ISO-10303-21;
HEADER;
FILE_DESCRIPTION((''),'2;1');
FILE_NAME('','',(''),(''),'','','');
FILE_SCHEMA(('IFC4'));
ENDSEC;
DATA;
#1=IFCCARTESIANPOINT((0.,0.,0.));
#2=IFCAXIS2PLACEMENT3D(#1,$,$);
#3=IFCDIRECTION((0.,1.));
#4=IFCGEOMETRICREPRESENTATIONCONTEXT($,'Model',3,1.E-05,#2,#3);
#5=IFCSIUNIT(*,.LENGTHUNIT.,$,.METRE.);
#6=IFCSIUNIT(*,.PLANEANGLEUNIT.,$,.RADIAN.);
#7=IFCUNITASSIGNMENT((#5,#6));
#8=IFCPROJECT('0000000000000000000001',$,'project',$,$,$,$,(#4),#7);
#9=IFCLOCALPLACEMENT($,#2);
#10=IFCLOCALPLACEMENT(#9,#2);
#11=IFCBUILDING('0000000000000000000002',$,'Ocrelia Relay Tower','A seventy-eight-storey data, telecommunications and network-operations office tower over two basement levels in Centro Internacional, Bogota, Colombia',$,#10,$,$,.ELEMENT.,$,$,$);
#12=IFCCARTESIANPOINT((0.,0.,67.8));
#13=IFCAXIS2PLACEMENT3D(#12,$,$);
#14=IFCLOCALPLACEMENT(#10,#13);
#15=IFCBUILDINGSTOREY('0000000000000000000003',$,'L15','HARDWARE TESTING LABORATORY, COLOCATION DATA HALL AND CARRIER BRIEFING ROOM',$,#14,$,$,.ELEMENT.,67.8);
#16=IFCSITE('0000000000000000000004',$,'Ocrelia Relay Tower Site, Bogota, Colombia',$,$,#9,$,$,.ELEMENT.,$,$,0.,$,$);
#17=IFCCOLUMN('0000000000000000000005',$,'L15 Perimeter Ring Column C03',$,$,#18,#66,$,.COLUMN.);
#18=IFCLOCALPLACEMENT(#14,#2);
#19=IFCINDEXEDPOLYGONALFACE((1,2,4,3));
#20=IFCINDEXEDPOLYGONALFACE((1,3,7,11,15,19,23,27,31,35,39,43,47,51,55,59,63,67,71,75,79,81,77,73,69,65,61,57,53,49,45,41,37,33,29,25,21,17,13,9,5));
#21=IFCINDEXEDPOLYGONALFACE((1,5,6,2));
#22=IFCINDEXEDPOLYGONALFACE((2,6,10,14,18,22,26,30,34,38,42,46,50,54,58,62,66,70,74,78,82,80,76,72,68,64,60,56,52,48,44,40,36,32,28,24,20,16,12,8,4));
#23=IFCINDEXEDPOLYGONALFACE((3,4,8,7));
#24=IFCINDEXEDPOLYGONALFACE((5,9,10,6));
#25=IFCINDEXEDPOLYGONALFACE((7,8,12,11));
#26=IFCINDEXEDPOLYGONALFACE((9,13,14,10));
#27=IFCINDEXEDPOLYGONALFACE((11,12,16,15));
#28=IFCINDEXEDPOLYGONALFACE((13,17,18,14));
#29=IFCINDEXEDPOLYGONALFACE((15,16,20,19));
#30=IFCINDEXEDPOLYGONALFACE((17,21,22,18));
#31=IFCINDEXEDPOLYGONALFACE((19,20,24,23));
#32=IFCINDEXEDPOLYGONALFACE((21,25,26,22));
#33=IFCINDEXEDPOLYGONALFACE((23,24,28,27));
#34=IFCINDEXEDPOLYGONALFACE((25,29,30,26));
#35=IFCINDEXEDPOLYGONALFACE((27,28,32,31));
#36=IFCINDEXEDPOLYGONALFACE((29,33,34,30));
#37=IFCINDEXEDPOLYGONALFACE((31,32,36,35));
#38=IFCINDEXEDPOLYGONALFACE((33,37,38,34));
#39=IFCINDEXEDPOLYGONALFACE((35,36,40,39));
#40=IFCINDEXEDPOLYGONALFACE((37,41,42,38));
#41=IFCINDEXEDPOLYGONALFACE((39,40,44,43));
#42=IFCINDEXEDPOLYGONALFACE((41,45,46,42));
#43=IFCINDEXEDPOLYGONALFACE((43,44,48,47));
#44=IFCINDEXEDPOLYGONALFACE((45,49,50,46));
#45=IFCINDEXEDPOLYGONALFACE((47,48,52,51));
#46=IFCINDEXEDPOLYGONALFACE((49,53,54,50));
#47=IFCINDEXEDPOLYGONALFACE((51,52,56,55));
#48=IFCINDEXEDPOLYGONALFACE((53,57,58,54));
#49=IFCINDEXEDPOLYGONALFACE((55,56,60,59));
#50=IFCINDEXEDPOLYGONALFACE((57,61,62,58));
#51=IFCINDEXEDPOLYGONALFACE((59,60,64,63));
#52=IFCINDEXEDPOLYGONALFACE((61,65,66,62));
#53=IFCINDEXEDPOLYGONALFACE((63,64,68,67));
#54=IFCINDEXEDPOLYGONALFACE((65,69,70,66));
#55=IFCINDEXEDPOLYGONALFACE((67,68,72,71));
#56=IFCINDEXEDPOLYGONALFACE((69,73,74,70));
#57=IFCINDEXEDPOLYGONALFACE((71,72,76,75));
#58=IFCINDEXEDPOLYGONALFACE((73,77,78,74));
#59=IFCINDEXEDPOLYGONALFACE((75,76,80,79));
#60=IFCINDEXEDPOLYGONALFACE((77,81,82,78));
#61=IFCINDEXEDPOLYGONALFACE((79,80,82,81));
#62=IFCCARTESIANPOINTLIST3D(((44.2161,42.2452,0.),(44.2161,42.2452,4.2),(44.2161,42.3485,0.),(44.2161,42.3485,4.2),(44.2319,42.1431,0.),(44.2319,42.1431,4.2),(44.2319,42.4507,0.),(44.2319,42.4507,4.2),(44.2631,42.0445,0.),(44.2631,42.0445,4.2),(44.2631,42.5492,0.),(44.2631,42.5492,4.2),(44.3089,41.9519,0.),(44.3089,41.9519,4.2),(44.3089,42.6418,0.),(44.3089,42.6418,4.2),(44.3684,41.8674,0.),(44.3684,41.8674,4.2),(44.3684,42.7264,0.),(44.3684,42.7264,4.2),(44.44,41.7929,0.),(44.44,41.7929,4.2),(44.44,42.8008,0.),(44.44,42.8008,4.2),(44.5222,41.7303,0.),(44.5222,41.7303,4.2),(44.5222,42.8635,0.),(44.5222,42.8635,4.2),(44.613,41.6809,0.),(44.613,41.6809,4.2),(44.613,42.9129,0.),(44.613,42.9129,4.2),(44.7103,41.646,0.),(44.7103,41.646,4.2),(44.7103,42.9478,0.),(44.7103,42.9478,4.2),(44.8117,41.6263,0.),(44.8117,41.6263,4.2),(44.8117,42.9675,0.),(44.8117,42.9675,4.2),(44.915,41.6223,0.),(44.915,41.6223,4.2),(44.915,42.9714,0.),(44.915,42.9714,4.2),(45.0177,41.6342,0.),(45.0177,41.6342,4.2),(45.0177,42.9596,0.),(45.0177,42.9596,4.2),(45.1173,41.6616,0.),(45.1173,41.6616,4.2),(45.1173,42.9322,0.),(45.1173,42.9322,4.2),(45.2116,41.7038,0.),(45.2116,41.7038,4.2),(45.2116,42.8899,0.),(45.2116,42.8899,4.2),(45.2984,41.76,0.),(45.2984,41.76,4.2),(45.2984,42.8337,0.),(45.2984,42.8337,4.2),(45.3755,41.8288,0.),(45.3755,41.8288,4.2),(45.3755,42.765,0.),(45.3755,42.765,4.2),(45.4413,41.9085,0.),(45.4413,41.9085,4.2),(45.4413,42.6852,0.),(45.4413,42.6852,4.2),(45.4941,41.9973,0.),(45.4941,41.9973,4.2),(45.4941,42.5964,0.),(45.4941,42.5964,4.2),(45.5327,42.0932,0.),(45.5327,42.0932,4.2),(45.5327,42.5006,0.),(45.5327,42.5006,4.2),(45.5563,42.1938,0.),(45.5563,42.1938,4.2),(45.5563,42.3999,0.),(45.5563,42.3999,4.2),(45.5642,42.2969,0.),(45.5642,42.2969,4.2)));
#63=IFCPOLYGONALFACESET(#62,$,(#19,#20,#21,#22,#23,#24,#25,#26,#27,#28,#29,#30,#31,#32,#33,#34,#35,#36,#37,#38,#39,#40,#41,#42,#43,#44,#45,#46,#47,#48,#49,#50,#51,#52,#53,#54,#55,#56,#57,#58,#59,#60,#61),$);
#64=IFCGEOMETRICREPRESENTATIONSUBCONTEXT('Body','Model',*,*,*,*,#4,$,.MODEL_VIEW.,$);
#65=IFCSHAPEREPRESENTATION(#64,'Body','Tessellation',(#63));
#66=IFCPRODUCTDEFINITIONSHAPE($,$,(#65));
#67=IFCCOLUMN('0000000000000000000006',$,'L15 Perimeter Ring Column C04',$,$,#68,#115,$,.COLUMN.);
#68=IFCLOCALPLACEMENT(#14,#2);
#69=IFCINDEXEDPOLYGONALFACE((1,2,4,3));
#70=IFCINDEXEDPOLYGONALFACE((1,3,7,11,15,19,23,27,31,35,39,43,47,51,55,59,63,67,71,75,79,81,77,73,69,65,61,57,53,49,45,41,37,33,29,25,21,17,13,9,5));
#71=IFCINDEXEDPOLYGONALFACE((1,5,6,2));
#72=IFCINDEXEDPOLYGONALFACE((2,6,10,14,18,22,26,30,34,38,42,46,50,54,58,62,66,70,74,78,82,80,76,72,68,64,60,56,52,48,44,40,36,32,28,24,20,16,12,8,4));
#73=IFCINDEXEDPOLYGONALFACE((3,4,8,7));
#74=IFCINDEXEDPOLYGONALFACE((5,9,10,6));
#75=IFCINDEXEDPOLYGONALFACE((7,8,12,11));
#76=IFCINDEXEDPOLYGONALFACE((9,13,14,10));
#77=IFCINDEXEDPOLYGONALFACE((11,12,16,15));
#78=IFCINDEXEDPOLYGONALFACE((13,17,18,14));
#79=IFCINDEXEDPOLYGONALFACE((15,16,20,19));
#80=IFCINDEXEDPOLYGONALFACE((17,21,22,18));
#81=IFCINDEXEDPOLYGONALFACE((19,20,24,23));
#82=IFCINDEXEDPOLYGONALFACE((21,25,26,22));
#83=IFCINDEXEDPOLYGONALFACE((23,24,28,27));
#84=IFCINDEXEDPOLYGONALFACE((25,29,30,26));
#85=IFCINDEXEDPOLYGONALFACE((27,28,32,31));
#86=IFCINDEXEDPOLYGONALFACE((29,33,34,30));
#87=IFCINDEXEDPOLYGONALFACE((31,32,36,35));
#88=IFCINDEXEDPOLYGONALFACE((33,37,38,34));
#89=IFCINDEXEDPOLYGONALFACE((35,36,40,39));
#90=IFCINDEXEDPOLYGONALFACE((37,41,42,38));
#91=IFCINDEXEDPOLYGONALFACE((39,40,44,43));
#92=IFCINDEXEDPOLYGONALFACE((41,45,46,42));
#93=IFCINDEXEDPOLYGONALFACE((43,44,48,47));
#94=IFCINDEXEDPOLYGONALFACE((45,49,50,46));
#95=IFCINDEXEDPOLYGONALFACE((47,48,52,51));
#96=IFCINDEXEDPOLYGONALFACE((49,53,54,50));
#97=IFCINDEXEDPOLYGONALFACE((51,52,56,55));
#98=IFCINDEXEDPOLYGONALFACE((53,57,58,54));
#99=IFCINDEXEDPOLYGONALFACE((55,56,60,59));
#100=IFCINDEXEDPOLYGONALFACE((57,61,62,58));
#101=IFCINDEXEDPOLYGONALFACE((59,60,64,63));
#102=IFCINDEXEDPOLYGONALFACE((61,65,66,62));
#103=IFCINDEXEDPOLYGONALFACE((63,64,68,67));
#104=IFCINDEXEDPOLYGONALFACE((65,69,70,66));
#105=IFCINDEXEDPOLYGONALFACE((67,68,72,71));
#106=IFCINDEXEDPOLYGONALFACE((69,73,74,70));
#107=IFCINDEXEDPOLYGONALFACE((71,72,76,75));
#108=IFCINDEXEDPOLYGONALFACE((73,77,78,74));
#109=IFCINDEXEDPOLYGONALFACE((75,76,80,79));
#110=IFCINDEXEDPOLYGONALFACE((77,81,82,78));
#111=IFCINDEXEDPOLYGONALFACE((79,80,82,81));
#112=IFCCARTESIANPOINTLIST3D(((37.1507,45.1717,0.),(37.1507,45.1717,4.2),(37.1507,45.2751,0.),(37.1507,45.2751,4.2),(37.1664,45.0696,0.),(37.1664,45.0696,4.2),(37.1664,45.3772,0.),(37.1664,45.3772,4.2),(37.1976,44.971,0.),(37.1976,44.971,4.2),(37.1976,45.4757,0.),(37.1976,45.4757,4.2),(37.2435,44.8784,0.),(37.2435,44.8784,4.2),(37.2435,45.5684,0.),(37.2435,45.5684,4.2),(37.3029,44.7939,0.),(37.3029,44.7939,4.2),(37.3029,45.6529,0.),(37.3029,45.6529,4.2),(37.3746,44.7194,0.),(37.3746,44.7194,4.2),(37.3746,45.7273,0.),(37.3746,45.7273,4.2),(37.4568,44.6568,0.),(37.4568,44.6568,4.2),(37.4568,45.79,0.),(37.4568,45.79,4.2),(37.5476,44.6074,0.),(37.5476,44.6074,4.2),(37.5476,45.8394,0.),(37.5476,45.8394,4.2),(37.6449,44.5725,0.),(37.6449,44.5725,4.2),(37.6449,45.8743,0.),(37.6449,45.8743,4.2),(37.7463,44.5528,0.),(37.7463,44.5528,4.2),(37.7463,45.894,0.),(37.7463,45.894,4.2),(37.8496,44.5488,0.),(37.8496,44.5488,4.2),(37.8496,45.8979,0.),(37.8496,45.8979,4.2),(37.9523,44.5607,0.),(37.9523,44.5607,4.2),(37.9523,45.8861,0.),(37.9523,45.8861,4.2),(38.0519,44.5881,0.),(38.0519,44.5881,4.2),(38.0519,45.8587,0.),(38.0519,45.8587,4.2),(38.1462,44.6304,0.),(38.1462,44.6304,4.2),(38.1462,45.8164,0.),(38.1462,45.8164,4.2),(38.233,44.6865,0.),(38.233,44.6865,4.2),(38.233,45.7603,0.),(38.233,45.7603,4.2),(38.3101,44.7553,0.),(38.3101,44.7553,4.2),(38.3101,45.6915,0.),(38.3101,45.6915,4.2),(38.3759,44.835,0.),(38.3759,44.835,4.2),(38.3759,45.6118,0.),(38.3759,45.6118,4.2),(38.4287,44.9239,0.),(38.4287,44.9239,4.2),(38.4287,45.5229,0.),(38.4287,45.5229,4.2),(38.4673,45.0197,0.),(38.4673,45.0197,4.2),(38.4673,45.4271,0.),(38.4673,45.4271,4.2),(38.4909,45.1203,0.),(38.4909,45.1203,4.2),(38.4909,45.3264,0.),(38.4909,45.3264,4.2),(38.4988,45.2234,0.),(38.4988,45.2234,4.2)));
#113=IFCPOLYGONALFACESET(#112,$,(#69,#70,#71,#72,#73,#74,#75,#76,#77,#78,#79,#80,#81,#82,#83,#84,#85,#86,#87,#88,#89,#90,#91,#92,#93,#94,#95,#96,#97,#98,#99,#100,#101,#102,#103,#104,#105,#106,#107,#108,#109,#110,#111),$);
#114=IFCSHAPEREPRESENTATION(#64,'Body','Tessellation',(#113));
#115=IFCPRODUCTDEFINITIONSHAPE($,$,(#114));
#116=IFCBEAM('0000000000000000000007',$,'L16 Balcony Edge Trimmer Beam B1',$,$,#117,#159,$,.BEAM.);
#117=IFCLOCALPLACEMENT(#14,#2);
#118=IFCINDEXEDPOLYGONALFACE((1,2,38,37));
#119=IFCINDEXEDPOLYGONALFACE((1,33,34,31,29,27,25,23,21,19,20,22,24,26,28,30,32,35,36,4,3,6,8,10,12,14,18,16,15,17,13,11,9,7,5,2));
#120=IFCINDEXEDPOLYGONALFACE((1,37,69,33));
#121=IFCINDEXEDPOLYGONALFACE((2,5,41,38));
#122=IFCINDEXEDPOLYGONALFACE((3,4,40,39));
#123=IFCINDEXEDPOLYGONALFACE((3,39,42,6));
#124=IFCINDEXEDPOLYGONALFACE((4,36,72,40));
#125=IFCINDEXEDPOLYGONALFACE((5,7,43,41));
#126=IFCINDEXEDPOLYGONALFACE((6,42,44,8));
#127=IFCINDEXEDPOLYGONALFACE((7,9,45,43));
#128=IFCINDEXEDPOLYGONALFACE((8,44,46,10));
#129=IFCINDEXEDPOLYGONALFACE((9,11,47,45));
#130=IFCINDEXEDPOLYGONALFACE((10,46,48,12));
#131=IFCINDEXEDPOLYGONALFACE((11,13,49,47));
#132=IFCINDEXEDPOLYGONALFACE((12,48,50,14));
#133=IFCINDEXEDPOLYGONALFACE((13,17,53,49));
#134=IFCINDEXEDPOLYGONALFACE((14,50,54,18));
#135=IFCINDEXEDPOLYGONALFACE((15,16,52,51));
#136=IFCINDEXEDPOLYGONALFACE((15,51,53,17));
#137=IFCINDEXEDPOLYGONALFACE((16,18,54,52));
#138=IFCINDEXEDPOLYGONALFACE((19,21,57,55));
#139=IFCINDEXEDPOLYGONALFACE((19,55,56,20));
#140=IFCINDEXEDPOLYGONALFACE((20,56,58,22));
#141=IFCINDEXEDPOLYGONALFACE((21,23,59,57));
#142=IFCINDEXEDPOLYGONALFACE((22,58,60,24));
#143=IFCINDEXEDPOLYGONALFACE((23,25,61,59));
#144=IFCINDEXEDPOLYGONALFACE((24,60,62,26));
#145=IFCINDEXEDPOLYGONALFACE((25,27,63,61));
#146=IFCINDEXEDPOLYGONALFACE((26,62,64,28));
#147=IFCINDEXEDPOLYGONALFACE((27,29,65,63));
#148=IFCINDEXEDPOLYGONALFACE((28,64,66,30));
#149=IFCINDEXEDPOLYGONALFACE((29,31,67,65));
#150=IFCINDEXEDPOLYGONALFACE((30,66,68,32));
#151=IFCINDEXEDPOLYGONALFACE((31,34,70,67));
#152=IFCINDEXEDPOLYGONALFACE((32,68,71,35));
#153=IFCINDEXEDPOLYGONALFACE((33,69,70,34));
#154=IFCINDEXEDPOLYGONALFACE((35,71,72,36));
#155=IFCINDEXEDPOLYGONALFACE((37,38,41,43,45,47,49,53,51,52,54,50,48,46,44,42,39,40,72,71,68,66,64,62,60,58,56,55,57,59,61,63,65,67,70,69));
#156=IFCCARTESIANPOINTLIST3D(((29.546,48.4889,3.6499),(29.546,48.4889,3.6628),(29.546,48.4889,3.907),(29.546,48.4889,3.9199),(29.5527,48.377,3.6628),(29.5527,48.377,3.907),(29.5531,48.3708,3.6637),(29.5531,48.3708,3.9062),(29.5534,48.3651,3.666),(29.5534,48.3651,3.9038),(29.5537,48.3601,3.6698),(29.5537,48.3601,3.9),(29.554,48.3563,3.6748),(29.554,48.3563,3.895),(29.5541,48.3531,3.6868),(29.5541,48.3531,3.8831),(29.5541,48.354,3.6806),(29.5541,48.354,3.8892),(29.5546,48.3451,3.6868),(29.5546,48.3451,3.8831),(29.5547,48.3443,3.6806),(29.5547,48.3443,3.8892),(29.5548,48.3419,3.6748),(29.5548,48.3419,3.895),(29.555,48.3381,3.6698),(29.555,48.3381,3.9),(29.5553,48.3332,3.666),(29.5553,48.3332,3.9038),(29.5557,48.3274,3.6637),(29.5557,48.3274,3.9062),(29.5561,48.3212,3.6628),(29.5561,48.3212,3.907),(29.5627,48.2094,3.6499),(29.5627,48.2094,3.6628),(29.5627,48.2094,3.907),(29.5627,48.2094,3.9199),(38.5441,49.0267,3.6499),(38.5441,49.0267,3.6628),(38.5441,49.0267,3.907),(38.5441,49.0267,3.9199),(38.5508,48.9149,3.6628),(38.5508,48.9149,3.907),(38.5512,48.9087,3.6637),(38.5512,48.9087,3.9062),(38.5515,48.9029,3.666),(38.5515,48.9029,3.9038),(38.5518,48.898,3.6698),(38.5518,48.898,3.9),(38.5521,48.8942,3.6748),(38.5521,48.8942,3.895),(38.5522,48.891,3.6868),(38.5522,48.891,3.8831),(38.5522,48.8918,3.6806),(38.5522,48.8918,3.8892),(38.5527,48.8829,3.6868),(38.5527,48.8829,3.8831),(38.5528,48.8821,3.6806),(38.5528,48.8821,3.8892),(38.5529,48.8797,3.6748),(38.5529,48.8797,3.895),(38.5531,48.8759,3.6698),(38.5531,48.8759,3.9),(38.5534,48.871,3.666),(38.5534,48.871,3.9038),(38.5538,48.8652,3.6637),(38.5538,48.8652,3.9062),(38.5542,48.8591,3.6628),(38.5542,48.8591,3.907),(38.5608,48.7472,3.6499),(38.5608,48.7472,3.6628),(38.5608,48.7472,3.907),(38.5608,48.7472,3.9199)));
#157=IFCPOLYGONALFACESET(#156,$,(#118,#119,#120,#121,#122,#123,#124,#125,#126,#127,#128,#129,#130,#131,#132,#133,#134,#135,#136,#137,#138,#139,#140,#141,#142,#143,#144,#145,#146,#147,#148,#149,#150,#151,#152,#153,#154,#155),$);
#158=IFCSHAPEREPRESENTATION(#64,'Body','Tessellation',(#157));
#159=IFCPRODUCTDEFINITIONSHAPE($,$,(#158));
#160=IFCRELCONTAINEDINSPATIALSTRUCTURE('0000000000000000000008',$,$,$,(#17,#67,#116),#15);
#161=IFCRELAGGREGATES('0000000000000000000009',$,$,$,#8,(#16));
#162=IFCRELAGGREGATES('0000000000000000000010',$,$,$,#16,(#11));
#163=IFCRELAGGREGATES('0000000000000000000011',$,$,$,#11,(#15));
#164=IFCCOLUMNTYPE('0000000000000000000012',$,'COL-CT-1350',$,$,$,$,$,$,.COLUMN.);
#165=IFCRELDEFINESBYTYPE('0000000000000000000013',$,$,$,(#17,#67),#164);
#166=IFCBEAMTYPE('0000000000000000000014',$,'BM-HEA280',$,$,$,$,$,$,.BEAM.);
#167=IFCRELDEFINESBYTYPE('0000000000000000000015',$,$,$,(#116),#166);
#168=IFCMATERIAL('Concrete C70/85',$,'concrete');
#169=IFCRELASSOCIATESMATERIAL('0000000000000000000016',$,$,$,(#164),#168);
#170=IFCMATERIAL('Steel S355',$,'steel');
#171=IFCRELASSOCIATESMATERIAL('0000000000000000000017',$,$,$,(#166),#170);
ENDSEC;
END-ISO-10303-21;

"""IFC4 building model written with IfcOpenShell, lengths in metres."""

from ifc_helpers import new_model, si_unit, direction, frame, origin, origin_2d, place, context, subcontext, project, spatial, circle, i_section, extrude, material, material_profile, profile_set, type_object, element, save


model = new_model("IFC4")

# Units and contexts
model_context = context("Model", 3, precision=1e-05, world=origin(), true_north=direction((0.0, 1.0)))
body_context = subcontext(model_context, "Body", "Model", "MODEL_VIEW")
ifc_project = project(units=[si_unit("LENGTHUNIT", "METRE"), si_unit("PLANEANGLEUNIT", "RADIAN")], contexts=[model_context])

# Site, building, storey
site_placement = place(None, origin())
site = spatial("IfcSite", under=ifc_project, at=site_placement, Name="Ocrelia Relay Tower Site, Bogota, Colombia", CompositionType="ELEMENT", RefElevation=0.0)
building_placement = place(site_placement, origin())
building = spatial("IfcBuilding", under=site, at=building_placement, Name="Ocrelia Relay Tower", Description="A seventy-eight-storey data, telecommunications and network-operations office tower over two basement levels in Centro Internacional, Bogota, Colombia", CompositionType="ELEMENT")
storey_placement = place(building_placement, frame((0.0, 0.0, 67.8)))
storey = spatial("IfcBuildingStorey", under=building, at=storey_placement, Name="L15", Description="HARDWARE TESTING LABORATORY, COLOCATION DATA HALL AND CARRIER BRIEFING ROOM", CompositionType="ELEMENT", Elevation=67.8)

# Columns
ifc_material_1 = material(Name="Concrete C70/85", Category="concrete")
ifc_material_profile_1 = material_profile(ifc_material_1, circle(Radius=0.675, at=origin_2d()), Name="RC-CIR-1350")
ifc_profile_set_1 = profile_set([ifc_material_profile_1], Name="Concrete C70/85")
column_type = type_object("IfcColumnType", Name="COL-CT-1350", PredefinedType="COLUMN", material=ifc_profile_set_1)
for number, where, z_axis, x_axis, name in (
    (1, (44.8892, 42.2969, 0.0), (0.0, 0.0, 1.0), (1.0, 0.0, 0.0), "L15 Perimeter Ring Column C03"),
    (2, (37.8237, 45.2234, 0.0), (0.0, 0.0, 1.0), (1.0, 0.0, 0.0), "L15 Perimeter Ring Column C04"),
):
    element("IfcColumn", number, at=place(storey_placement, frame(where, z_axis=z_axis, x_axis=x_axis)), inside=storey, type_object=column_type, Name=name, PredefinedType="COLUMN", context=body_context, shape_type="SweptSolid", body=[
        extrude(circle(Radius=0.675, at=origin_2d()), origin(), (0.0, 0.0, 1.0), 4.2),
    ])

# Beam
ifc_material_2 = material(Name="Steel S355", Category="steel")
ifc_material_profile_2 = material_profile(ifc_material_2, i_section(OverallWidth=0.28, OverallDepth=0.27, WebThickness=0.0081, FlangeThickness=0.0129, FilletRadius=0.0239, at=origin_2d()), Name="HEA 280")
ifc_profile_set_2 = profile_set([ifc_material_profile_2], Name="Steel S355")
beam_type_1 = type_object("IfcBeamType", Name="BM-HEA280", PredefinedType="BEAM", material=ifc_profile_set_2)
beam_1_placement = place(storey_placement, frame((38.5525, 48.887, 3.7849), z_axis=(-0.998218, -0.059667, 0.0), x_axis=(0.059667, -0.998218, 0.0)))
element("IfcBeam", 3, at=beam_1_placement, inside=storey, type_object=beam_type_1, Name="L16 Balcony Edge Trimmer Beam B1", PredefinedType="BEAM", context=body_context, shape_type="SweptSolid", body=[
    extrude(i_section(OverallWidth=0.28, OverallDepth=0.27, WebThickness=0.0081, FlangeThickness=0.0129, FilletRadius=0.0239, at=origin_2d()), origin(), (0.0, 0.0, 1.0), 9.0142),
])

save(model, "model.ifc")
